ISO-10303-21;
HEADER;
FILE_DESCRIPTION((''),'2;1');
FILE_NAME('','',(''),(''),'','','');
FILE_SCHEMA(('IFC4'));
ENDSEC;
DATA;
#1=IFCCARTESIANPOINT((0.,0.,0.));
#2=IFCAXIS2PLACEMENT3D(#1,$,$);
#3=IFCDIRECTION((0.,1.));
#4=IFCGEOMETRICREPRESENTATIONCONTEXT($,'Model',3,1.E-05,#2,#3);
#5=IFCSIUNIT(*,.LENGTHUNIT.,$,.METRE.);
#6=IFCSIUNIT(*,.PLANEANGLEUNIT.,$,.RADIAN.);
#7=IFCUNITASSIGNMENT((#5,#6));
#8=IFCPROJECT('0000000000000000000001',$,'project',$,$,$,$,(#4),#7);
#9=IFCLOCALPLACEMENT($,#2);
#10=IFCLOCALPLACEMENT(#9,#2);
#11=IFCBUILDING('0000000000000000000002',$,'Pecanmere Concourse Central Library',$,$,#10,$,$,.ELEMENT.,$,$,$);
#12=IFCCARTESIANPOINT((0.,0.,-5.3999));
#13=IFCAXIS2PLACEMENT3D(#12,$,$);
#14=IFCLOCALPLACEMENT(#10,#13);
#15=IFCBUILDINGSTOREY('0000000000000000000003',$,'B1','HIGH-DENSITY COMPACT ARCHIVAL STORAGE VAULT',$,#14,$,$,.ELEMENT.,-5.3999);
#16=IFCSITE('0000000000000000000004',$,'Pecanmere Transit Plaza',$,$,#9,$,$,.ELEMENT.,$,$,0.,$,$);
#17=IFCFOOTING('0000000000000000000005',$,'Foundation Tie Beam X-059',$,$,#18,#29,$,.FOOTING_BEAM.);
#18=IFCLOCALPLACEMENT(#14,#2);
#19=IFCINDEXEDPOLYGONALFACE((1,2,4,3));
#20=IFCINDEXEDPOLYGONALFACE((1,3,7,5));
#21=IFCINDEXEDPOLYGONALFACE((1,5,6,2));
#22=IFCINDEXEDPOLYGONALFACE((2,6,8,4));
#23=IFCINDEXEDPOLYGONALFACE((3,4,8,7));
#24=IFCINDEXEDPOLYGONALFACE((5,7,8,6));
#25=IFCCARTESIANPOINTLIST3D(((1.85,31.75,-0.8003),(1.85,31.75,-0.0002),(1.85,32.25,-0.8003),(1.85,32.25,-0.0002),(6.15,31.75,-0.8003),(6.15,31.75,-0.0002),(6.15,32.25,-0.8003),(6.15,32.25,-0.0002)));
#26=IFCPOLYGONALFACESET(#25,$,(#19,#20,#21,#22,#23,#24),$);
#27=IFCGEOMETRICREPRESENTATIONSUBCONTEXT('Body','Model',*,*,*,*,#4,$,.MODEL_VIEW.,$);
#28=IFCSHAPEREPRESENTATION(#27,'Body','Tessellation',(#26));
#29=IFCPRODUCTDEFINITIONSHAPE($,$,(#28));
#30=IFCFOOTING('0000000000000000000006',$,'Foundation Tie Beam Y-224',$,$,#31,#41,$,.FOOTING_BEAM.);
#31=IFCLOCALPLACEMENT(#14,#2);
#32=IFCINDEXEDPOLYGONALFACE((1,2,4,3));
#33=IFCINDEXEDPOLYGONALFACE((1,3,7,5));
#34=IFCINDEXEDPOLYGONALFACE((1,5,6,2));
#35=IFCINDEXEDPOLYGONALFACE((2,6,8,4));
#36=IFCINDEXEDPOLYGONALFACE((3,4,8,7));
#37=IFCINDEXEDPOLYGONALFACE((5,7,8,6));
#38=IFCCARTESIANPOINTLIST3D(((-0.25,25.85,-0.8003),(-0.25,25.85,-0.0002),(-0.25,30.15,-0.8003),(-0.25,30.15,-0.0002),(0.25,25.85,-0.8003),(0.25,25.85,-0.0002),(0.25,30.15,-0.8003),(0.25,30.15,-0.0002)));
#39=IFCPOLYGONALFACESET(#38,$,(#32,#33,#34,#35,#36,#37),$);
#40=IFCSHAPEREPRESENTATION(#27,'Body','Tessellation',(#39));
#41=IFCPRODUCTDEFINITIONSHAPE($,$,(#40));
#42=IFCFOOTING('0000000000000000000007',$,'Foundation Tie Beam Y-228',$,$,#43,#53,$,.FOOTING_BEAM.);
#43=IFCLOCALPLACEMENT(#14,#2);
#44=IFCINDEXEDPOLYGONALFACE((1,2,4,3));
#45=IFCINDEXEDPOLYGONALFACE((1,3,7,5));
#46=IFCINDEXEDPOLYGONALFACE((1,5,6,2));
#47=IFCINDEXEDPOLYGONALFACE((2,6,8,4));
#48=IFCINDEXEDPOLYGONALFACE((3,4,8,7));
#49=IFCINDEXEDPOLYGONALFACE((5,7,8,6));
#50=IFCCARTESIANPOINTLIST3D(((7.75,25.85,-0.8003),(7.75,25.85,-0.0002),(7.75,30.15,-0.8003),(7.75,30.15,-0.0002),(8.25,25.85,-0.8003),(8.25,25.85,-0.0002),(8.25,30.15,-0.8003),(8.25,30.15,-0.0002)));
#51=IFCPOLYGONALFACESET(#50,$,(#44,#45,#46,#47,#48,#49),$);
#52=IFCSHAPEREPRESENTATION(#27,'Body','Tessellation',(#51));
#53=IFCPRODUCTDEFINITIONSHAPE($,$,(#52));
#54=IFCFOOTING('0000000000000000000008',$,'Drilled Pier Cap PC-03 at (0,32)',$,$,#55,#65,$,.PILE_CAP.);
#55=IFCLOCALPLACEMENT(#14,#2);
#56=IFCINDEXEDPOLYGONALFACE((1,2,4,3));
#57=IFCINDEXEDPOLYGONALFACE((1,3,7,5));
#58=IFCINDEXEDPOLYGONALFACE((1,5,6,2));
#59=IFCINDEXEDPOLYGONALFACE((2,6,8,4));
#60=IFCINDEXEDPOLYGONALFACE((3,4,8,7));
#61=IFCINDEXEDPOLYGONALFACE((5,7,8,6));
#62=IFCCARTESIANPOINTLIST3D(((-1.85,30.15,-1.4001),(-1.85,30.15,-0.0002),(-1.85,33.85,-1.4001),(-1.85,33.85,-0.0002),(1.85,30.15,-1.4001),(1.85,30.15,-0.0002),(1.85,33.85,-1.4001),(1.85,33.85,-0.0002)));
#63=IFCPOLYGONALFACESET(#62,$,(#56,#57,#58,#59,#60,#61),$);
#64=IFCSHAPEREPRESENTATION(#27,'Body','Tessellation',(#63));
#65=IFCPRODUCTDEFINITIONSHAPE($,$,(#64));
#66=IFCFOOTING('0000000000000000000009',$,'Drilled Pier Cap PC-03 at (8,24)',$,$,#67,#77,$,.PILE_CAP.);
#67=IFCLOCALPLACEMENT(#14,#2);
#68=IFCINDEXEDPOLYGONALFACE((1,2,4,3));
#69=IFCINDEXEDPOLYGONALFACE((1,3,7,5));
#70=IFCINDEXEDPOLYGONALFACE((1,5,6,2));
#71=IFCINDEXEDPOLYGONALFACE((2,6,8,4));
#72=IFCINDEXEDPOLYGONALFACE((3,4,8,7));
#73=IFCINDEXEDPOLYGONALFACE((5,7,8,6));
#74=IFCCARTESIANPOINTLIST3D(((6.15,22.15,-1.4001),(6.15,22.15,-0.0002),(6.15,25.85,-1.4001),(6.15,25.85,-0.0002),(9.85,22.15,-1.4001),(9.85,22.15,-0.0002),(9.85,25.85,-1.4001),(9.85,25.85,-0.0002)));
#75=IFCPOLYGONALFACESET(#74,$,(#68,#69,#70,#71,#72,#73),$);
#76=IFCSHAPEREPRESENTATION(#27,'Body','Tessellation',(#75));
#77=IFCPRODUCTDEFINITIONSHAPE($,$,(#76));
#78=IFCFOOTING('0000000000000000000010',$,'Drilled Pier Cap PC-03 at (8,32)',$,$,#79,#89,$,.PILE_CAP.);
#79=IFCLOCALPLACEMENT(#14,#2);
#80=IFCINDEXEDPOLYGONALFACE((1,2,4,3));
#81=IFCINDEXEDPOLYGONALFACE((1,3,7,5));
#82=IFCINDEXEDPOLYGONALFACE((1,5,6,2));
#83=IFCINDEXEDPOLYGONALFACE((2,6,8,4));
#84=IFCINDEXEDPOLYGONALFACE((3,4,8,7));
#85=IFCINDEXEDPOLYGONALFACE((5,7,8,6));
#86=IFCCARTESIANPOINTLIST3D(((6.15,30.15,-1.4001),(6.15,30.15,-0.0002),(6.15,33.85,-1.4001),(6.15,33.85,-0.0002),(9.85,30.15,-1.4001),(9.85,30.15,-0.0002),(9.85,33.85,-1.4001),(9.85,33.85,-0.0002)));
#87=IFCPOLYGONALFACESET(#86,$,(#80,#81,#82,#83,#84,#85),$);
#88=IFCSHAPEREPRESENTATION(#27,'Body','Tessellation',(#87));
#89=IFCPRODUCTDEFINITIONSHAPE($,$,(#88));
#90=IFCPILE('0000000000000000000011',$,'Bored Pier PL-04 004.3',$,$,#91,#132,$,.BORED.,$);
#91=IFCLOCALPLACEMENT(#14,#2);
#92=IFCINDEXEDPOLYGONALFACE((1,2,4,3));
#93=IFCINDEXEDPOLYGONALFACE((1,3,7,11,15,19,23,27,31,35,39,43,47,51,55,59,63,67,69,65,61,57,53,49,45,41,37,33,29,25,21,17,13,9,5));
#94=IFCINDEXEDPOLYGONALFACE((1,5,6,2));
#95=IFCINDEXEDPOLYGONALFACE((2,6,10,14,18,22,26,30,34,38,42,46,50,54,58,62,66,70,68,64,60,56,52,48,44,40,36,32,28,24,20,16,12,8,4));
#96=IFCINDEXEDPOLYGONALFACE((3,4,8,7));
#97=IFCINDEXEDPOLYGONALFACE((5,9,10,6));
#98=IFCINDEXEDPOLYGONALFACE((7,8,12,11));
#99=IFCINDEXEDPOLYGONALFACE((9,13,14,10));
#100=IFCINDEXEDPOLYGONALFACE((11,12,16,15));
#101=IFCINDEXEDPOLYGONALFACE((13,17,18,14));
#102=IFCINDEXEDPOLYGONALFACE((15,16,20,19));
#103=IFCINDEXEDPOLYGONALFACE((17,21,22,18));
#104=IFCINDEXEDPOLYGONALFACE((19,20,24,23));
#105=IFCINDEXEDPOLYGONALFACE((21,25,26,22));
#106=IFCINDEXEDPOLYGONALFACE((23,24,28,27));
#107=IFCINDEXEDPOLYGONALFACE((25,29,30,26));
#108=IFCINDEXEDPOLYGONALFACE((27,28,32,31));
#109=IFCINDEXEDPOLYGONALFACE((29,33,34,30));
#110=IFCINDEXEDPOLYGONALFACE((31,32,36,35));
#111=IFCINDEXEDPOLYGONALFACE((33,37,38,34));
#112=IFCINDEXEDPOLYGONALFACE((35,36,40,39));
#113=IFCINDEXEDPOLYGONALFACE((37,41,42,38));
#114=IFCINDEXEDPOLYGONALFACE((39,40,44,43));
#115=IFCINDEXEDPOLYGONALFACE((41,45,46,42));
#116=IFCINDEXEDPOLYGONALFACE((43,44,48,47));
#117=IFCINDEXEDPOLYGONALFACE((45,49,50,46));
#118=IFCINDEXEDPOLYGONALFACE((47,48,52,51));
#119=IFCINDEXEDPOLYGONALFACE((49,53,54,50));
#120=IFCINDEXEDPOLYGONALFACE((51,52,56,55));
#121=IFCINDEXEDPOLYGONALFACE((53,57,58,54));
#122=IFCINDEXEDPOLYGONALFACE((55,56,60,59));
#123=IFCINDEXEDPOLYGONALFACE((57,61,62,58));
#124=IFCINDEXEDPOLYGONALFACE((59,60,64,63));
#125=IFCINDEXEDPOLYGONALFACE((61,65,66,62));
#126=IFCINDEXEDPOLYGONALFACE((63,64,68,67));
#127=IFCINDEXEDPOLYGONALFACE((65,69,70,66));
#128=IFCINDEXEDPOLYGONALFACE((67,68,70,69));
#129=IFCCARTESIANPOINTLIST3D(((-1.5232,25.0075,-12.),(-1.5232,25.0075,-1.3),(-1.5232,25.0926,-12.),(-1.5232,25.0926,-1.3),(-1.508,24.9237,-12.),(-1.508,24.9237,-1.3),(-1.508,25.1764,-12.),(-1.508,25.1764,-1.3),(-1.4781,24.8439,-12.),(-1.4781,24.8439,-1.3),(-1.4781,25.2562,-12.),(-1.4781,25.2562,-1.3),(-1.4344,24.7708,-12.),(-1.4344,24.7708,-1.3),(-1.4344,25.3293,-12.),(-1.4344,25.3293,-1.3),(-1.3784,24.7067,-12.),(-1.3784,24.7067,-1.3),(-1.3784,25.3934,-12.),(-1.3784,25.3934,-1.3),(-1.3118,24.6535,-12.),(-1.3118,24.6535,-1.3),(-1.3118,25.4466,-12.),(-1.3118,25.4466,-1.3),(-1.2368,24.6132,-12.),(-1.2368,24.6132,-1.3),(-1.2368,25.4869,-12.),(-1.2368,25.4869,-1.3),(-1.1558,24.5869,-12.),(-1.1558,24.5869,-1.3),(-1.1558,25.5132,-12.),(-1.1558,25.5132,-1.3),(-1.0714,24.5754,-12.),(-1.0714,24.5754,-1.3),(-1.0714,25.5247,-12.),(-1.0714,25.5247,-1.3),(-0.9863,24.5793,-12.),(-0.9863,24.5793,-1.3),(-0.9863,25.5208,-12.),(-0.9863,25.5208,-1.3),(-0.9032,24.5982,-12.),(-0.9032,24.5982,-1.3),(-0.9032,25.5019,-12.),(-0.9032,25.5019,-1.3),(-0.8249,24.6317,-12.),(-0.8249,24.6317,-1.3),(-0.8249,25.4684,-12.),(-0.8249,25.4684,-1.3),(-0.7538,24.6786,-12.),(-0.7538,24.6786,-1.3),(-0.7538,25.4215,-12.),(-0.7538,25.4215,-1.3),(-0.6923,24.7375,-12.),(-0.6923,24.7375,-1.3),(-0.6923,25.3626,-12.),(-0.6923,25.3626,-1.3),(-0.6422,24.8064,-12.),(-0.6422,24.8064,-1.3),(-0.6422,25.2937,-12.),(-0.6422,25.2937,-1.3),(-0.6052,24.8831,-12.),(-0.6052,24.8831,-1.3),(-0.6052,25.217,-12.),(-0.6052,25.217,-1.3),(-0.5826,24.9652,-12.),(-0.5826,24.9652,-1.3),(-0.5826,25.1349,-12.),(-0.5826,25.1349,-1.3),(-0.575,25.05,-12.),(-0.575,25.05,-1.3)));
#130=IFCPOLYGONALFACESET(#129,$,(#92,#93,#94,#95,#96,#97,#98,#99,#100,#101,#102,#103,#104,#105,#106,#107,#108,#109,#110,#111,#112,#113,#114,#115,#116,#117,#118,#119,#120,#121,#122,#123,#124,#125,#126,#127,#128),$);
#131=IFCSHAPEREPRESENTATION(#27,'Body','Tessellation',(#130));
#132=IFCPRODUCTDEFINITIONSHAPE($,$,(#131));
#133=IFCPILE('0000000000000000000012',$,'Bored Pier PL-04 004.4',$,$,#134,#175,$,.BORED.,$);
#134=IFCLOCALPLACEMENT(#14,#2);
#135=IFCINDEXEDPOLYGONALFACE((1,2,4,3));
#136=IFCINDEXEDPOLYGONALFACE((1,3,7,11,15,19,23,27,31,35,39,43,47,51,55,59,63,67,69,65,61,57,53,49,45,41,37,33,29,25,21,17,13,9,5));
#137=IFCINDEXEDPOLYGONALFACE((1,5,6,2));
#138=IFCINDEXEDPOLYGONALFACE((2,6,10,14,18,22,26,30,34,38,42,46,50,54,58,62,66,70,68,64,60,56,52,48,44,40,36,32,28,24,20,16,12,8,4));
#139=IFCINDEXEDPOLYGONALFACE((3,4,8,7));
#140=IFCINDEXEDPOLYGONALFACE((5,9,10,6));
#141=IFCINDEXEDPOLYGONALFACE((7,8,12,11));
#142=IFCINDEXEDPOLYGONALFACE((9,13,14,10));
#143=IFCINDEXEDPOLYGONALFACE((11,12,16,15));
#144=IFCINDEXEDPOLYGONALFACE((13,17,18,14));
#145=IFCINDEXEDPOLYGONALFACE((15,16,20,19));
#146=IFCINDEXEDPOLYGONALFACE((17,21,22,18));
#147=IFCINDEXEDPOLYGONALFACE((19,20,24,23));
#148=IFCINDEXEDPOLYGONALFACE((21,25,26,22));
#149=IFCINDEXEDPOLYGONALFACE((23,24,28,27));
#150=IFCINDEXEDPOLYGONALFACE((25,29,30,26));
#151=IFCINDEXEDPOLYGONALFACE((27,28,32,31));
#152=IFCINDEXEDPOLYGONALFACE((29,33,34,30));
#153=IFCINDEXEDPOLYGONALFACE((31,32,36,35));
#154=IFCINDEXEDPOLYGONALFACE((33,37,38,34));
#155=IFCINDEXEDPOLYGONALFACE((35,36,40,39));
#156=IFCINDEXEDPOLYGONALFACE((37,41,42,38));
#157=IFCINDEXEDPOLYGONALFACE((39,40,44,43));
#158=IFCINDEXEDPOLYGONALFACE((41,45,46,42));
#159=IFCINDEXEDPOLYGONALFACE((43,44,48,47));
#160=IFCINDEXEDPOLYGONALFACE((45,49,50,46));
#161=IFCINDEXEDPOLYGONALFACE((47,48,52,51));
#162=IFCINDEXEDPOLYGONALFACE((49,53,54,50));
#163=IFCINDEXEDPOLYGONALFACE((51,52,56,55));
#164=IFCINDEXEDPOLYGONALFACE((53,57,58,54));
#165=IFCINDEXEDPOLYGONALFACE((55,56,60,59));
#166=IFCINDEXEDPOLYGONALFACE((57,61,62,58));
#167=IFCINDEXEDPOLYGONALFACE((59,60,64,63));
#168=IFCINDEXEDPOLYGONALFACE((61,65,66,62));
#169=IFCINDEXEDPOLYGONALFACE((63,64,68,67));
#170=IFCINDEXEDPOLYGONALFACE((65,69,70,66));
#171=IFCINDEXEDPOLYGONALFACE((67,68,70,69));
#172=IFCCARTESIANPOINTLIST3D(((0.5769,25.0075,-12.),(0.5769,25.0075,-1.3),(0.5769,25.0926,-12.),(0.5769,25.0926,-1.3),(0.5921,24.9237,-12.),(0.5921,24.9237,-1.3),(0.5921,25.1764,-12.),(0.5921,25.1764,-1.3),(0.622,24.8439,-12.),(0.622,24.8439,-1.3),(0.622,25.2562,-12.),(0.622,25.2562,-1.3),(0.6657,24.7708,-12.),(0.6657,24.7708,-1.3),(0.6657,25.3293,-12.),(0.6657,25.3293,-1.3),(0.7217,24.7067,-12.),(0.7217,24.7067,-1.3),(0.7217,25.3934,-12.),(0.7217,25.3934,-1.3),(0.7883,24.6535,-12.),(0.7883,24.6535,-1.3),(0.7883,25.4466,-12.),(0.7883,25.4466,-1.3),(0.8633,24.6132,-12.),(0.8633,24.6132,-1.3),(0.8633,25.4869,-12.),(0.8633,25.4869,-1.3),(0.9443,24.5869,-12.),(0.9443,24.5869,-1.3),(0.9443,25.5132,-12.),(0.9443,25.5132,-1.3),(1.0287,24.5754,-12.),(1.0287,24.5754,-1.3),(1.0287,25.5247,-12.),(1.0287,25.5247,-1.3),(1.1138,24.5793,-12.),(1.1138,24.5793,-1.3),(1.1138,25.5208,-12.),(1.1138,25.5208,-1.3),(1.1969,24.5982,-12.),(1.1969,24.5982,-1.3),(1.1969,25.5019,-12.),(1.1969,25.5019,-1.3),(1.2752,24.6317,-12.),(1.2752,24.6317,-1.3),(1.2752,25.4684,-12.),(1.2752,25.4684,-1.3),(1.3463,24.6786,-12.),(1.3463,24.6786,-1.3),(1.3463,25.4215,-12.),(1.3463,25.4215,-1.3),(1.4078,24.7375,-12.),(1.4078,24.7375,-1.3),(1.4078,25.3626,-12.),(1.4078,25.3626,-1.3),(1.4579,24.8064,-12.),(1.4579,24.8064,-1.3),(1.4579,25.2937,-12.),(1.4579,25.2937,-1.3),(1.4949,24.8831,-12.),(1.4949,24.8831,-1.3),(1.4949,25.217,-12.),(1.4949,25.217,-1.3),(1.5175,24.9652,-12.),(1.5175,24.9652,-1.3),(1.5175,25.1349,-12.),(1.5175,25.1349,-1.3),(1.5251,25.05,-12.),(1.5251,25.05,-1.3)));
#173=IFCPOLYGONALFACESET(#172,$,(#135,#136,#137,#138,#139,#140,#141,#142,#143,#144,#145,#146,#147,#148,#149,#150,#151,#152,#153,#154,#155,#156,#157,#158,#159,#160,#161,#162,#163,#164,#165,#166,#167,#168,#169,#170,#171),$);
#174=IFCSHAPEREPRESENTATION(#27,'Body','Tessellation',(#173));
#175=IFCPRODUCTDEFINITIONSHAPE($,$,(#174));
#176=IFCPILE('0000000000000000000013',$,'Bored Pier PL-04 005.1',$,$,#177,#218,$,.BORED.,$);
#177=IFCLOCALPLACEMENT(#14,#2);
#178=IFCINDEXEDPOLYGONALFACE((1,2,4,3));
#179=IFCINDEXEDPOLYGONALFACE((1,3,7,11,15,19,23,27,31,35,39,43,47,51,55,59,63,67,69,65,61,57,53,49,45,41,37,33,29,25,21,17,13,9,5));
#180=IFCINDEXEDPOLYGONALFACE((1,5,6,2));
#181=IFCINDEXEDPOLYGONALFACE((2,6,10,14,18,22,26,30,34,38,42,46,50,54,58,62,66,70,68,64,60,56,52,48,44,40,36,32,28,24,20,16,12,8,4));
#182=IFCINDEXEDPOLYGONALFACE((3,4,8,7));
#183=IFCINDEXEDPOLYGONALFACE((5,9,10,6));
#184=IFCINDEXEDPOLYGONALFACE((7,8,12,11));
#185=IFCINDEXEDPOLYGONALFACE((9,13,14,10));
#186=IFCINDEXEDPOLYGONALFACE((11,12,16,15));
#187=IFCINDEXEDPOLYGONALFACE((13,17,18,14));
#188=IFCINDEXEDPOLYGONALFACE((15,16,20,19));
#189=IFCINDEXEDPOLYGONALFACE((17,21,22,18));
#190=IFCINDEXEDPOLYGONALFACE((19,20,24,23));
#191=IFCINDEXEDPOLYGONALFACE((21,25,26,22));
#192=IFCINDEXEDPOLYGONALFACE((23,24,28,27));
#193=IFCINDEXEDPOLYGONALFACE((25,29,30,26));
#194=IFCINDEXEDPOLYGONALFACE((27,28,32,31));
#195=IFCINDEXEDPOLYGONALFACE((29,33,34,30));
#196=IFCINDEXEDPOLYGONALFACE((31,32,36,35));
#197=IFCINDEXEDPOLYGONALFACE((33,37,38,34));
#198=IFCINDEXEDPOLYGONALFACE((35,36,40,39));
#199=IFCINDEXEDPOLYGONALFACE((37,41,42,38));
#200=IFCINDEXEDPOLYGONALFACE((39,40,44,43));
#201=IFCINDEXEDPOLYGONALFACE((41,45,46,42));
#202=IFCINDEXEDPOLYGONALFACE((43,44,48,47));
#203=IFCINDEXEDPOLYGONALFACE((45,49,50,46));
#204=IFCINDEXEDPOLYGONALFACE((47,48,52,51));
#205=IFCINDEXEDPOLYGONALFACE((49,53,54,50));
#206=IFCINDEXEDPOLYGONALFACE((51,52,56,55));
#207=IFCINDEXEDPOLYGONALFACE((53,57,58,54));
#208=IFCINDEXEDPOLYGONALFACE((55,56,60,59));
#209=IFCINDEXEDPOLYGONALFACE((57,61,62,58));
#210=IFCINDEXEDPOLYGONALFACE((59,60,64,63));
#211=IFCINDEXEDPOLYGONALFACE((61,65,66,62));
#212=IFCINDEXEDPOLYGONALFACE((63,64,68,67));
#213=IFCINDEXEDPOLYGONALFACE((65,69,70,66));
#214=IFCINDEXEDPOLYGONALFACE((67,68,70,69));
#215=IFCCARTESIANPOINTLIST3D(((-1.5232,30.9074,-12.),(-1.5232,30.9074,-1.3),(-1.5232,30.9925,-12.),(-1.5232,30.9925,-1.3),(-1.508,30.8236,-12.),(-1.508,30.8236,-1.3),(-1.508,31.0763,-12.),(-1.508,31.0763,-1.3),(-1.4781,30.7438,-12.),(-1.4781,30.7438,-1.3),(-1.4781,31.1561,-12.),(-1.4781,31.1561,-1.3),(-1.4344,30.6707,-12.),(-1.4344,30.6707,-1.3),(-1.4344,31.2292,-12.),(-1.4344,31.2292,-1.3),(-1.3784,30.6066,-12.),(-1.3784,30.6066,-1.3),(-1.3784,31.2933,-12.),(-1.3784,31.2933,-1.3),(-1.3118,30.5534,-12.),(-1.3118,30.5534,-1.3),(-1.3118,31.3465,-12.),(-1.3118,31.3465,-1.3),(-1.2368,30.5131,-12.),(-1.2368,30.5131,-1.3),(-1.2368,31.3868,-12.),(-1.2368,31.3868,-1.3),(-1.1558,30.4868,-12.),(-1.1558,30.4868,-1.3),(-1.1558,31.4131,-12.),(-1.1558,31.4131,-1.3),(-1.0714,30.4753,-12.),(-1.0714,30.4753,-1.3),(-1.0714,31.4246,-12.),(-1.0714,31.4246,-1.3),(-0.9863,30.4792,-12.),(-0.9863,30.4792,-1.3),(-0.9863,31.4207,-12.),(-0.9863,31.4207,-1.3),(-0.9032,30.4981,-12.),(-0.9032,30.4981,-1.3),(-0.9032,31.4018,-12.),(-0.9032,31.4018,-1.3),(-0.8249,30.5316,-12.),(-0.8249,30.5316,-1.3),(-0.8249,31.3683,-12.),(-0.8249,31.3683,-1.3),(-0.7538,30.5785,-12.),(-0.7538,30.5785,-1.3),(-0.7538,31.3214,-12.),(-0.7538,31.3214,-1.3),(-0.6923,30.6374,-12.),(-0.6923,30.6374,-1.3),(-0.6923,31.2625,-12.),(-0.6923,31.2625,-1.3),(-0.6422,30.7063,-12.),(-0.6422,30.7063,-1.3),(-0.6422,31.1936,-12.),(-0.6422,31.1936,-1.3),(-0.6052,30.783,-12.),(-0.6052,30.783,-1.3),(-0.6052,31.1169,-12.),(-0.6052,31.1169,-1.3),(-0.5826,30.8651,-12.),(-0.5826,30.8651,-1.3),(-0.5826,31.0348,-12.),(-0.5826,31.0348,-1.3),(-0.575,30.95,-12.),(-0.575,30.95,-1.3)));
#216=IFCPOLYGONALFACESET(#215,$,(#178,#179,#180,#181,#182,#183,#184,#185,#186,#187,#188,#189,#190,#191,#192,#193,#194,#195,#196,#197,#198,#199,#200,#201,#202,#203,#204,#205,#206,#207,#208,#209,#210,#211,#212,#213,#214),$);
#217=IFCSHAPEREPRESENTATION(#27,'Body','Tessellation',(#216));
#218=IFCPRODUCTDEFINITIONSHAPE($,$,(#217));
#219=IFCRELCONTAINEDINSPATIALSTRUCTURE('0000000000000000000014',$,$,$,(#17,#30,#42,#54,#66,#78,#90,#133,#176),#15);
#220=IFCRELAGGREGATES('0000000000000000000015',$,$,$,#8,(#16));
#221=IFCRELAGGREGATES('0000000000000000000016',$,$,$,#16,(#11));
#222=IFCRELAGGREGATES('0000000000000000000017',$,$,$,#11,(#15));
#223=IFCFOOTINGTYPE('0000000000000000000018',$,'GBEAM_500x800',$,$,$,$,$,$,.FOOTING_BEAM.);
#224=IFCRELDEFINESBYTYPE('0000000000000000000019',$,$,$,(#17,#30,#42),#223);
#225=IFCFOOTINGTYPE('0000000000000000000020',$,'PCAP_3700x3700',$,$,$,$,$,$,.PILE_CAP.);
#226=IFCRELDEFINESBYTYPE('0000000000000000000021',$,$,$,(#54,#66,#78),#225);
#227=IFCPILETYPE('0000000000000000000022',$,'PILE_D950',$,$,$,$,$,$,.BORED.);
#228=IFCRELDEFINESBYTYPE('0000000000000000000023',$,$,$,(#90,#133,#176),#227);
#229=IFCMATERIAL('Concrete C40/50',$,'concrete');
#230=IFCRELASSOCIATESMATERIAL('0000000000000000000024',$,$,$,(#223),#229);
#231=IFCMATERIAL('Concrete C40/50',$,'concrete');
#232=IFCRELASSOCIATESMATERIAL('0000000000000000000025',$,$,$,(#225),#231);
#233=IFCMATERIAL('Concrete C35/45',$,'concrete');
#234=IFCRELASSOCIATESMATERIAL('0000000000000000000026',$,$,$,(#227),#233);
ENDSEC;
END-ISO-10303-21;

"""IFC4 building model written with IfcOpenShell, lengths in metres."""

from ifc_helpers import new_model, si_unit, direction, frame, origin, origin_2d, place, context, subcontext, project, spatial, rectangle, circle, extrude, material, material_profile, profile_set, type_object, element, save


model = new_model("IFC4")

# Units and contexts
model_context = context("Model", 3, precision=1e-05, world=origin(), true_north=direction((0.0, 1.0)))
body_context = subcontext(model_context, "Body", "Model", "MODEL_VIEW")
ifc_project = project(units=[si_unit("LENGTHUNIT", "METRE"), si_unit("PLANEANGLEUNIT", "RADIAN")], contexts=[model_context])

# Site, building, storey
site_placement = place(None, origin())
site = spatial("IfcSite", under=ifc_project, at=site_placement, Name="Pecanmere Transit Plaza", CompositionType="ELEMENT", RefElevation=0.0)
building_placement = place(site_placement, origin())
building = spatial("IfcBuilding", under=site, at=building_placement, Name="Pecanmere Concourse Central Library", CompositionType="ELEMENT")
storey_placement = place(building_placement, frame((0.0, 0.0, -5.3999)))
storey = spatial("IfcBuildingStorey", under=building, at=storey_placement, Name="B1", Description="HIGH-DENSITY COMPACT ARCHIVAL STORAGE VAULT", CompositionType="ELEMENT", Elevation=-5.3999)

# Footings
ifc_material_1 = material(Name="Concrete C40/50", Category="concrete")
ifc_material_profile_1 = material_profile(ifc_material_1, rectangle(XDim=0.5, YDim=0.8, at=origin_2d()), Name="RC 500x800")
ifc_profile_set_1 = profile_set([ifc_material_profile_1], Name="Concrete C40/50")
footing_type_1 = type_object("IfcFootingType", Name="GBEAM_500x800", PredefinedType="FOOTING_BEAM", material=ifc_profile_set_1)
for number, where, z_axis, x_axis, name in (
    (1, (4.0, 32.0, -0.8003), (0.0, 0.0, 1.0), (1.0, 0.0, 0.0), "Foundation Tie Beam X-059"),
    (2, (0.0, 28.0, -0.8003), (0.0, 0.0, 1.0), (0.0, 1.0, 0.0), "Foundation Tie Beam Y-224"),
    (3, (8.0, 28.0, -0.8003), (0.0, 0.0, 1.0), (0.0, 1.0, 0.0), "Foundation Tie Beam Y-228"),
):
    element("IfcFooting", number, at=place(storey_placement, frame(where, z_axis=z_axis, x_axis=x_axis)), inside=storey, type_object=footing_type_1, Name=name, PredefinedType="FOOTING_BEAM", context=body_context, shape_type="SweptSolid", body=[
        extrude(rectangle(XDim=4.3, YDim=0.5, at=origin_2d()), origin(), (0.0, 0.0, 1.0), 0.8),
    ])
ifc_material_2 = material(Name="Concrete C40/50", Category="concrete")
footing_type_2 = type_object("IfcFootingType", Name="PCAP_3700x3700", PredefinedType="PILE_CAP", material=ifc_material_2)
for number, where, z_axis, x_axis, name in (
    (4, (0.0, 32.0, -1.4001), (0.0, 0.0, 1.0), (1.0, 0.0, 0.0), "Drilled Pier Cap PC-03 at (0,32)"),
    (5, (8.0, 24.0, -1.4001), (0.0, 0.0, 1.0), (1.0, 0.0, 0.0), "Drilled Pier Cap PC-03 at (8,24)"),
    (6, (8.0, 32.0, -1.4001), (0.0, 0.0, 1.0), (1.0, 0.0, 0.0), "Drilled Pier Cap PC-03 at (8,32)"),
):
    element("IfcFooting", number, at=place(storey_placement, frame(where, z_axis=z_axis, x_axis=x_axis)), inside=storey, type_object=footing_type_2, Name=name, PredefinedType="PILE_CAP", context=body_context, shape_type="SweptSolid", body=[
        extrude(rectangle(XDim=3.7, YDim=3.7, at=origin_2d()), origin(), (0.0, 0.0, 1.0), 1.3999),
    ])

# Piles
ifc_material_3 = material(Name="Concrete C35/45", Category="concrete")
ifc_material_profile_2 = material_profile(ifc_material_3, circle(Radius=0.4751, at=origin_2d()), Name="PIER D950")
ifc_profile_set_2 = profile_set([ifc_material_profile_2], Name="Concrete C35/45")
pile_type = type_object("IfcPileType", Name="PILE_D950", PredefinedType="BORED", material=ifc_profile_set_2)
for number, where, z_axis, x_axis, name in (
    (7, (-1.05, 25.05, -1.3), (0.0, 0.0, -1.0), (1.0, 0.0, 0.0), "Bored Pier PL-04 004.3"),
    (8, (1.05, 25.05, -1.3), (0.0, 0.0, -1.0), (1.0, 0.0, 0.0), "Bored Pier PL-04 004.4"),
    (9, (-1.05, 30.95, -1.3), (0.0, 0.0, -1.0), (1.0, 0.0, 0.0), "Bored Pier PL-04 005.1"),
):
    element("IfcPile", number, at=place(storey_placement, frame(where, z_axis=z_axis, x_axis=x_axis)), inside=storey, type_object=pile_type, Name=name, PredefinedType="BORED", context=body_context, shape_type="SweptSolid", body=[
        extrude(circle(Radius=0.4751, at=origin_2d()), origin(), (0.0, 0.0, 1.0), 10.7),
    ])

save(model, "model.ifc")
